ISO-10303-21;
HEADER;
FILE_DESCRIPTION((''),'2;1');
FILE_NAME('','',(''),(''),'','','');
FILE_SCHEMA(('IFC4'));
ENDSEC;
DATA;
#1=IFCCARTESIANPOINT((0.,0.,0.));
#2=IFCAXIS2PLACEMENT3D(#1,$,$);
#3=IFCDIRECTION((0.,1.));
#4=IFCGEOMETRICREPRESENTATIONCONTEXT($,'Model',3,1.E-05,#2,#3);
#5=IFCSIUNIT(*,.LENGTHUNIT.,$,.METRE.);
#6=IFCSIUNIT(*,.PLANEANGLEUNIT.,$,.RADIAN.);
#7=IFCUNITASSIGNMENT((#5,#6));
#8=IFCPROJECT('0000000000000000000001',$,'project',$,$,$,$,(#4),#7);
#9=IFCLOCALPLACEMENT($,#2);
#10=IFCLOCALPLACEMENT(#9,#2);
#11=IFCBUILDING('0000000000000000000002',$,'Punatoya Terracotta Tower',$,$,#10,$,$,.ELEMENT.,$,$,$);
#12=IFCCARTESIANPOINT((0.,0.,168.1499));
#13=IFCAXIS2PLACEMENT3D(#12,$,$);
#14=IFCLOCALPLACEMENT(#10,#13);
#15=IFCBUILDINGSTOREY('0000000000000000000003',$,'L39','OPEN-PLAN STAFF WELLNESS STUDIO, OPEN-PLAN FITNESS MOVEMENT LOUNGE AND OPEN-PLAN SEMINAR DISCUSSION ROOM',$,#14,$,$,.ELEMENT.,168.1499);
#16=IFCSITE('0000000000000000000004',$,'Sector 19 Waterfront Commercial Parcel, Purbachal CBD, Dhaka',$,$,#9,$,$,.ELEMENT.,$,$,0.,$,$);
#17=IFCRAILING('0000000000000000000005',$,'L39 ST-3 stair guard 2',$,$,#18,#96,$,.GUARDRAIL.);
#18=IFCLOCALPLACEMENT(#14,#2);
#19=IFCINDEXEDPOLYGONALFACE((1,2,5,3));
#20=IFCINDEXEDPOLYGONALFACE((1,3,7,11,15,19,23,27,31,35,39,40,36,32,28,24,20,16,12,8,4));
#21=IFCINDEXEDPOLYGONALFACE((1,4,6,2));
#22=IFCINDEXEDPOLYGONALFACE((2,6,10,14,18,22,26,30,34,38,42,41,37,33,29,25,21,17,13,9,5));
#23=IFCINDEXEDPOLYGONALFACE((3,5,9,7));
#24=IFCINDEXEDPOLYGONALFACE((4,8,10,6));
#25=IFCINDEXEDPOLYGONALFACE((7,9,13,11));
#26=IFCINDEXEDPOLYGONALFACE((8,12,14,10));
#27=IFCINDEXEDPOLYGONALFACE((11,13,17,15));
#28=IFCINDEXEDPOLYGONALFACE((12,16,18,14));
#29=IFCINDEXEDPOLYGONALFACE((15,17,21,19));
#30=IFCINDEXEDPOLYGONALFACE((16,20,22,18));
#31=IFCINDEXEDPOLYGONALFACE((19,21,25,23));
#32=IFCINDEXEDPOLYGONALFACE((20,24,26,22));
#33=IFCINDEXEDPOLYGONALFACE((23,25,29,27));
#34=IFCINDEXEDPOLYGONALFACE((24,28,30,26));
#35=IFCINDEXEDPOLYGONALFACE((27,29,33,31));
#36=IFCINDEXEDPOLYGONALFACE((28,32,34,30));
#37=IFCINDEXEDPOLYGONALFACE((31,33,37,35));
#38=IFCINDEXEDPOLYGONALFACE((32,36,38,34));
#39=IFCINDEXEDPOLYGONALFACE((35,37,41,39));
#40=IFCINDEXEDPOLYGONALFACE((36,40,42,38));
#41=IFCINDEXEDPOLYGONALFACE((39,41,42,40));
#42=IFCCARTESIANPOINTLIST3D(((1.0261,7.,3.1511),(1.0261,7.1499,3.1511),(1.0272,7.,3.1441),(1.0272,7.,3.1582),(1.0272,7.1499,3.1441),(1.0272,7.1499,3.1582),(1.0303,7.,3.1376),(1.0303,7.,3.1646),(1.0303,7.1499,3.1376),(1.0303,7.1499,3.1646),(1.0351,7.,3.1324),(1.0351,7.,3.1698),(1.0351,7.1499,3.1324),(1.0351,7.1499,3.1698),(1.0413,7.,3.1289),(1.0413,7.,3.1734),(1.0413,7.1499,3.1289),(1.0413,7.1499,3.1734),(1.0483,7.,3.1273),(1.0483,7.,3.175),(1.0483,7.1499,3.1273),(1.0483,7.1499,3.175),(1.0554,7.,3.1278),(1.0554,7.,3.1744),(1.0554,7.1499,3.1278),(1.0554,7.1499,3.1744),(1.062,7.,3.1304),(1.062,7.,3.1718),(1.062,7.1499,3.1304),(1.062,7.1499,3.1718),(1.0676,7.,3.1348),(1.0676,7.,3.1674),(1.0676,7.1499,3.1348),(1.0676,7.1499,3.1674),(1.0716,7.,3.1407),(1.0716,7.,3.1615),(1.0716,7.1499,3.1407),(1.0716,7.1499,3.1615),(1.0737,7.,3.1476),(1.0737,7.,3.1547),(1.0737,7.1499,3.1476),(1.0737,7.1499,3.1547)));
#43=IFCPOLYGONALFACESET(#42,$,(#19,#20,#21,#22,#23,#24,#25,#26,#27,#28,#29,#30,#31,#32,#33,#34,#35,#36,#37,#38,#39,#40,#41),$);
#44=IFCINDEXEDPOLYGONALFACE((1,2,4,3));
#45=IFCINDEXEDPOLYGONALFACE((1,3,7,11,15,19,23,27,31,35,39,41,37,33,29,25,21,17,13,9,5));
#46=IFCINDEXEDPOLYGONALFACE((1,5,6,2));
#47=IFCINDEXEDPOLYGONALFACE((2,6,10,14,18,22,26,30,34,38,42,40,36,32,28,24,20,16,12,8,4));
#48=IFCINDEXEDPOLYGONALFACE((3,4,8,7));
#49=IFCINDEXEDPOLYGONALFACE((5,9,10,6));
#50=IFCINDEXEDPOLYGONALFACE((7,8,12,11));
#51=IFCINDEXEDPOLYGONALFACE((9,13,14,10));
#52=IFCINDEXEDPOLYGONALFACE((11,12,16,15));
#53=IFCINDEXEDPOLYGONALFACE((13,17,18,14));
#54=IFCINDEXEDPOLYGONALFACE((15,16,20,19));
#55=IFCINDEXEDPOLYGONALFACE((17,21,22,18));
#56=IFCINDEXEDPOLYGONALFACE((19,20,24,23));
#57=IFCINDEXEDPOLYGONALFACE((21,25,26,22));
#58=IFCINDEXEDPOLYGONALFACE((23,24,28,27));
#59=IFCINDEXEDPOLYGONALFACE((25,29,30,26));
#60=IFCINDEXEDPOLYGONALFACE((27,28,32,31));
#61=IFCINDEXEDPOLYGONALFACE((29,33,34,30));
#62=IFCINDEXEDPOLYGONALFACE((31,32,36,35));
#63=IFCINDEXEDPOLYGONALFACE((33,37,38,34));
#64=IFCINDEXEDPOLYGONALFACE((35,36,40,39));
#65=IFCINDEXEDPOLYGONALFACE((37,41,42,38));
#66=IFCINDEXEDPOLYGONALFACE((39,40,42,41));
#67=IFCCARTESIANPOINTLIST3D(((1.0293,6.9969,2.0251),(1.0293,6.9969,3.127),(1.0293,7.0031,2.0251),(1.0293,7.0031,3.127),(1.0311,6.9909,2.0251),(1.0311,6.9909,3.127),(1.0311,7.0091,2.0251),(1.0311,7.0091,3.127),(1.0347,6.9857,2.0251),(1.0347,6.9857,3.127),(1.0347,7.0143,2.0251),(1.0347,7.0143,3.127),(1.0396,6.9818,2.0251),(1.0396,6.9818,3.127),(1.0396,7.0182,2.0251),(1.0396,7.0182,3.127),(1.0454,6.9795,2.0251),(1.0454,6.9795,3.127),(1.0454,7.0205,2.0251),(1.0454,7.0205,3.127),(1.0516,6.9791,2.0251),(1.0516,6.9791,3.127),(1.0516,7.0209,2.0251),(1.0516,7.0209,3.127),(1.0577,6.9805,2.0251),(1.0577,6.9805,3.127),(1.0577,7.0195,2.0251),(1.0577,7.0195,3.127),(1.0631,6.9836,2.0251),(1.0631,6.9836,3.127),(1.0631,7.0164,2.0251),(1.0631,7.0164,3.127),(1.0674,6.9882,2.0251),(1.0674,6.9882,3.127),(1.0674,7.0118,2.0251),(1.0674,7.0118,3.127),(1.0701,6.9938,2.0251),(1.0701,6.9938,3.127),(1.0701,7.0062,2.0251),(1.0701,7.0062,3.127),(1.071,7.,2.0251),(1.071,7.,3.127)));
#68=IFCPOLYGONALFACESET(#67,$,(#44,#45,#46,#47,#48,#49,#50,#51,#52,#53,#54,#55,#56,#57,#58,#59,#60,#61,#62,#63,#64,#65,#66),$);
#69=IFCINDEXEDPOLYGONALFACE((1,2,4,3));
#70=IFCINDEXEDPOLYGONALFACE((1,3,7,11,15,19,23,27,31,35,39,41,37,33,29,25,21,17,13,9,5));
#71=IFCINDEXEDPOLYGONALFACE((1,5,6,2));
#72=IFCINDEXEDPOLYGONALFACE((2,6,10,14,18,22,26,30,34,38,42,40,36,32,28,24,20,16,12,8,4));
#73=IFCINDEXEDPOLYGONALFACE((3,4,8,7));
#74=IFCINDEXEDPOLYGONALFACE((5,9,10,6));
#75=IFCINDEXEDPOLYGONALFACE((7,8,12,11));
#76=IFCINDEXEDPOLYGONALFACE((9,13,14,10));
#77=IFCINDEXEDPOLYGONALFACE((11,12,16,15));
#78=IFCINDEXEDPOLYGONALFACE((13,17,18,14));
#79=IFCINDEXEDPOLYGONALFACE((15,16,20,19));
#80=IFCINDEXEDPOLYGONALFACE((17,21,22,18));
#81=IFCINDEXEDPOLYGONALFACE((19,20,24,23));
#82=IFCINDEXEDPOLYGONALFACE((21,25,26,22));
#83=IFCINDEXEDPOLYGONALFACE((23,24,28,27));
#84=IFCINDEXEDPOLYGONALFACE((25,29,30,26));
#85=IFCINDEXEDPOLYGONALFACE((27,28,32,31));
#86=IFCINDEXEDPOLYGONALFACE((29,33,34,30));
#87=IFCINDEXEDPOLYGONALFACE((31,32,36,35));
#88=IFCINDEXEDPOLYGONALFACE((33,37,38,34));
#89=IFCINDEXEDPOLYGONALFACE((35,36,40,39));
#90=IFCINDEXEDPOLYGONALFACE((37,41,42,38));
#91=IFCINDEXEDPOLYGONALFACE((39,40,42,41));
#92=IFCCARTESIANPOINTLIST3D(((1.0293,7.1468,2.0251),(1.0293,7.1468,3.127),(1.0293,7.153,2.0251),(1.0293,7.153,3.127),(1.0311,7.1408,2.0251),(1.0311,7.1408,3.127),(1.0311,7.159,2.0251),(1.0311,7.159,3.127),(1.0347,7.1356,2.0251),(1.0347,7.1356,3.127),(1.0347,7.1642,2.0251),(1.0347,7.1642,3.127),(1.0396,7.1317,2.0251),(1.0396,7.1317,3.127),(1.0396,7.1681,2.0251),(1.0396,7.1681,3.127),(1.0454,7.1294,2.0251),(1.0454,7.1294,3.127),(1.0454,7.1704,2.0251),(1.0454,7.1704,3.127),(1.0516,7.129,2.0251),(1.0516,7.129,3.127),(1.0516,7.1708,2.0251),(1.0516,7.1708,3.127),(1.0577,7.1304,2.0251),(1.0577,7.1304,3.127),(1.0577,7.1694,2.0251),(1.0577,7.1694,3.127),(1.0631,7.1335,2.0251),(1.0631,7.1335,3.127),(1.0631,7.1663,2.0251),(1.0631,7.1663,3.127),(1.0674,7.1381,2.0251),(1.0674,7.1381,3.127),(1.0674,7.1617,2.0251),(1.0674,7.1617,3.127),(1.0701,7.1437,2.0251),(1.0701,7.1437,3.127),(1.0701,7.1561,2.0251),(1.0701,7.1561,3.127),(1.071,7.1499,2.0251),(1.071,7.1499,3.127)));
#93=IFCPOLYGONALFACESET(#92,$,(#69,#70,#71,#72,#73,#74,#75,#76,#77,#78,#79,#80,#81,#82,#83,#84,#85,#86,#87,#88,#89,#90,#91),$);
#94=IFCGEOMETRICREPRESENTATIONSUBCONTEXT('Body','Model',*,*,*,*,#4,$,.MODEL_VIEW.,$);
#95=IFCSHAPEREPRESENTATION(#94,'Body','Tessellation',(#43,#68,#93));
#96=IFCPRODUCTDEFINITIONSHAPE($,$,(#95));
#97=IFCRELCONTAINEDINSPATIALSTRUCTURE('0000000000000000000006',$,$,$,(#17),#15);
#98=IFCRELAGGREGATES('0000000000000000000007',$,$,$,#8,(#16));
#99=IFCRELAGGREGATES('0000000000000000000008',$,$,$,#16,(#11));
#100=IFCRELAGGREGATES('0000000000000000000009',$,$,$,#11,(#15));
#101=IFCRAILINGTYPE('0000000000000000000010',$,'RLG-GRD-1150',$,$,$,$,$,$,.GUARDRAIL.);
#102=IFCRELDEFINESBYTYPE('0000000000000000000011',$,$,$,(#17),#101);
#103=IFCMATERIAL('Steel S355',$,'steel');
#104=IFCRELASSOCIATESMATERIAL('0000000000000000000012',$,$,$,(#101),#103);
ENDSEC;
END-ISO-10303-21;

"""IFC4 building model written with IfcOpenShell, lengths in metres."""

from ifc_helpers import new_model, si_unit, direction, frame, origin, origin_2d, place, context, subcontext, project, spatial, circle, extrude, material, type_object, element, save


model = new_model("IFC4")

# Units and contexts
model_context = context("Model", 3, precision=1e-05, world=origin(), true_north=direction((0.0, 1.0)))
body_context = subcontext(model_context, "Body", "Model", "MODEL_VIEW")
ifc_project = project(units=[si_unit("LENGTHUNIT", "METRE"), si_unit("PLANEANGLEUNIT", "RADIAN")], contexts=[model_context])

# Site, building, storey
site_placement = place(None, origin())
site = spatial("IfcSite", under=ifc_project, at=site_placement, Name="Sector 19 Waterfront Commercial Parcel, Purbachal CBD, Dhaka", CompositionType="ELEMENT", RefElevation=0.0)
building_placement = place(site_placement, origin())
building = spatial("IfcBuilding", under=site, at=building_placement, Name="Punatoya Terracotta Tower", CompositionType="ELEMENT")
storey_placement = place(building_placement, frame((0.0, 0.0, 168.1499)))
storey = spatial("IfcBuildingStorey", under=building, at=storey_placement, Name="L39", Description="OPEN-PLAN STAFF WELLNESS STUDIO, OPEN-PLAN FITNESS MOVEMENT LOUNGE AND OPEN-PLAN SEMINAR DISCUSSION ROOM", CompositionType="ELEMENT", Elevation=168.1499)

# Shared definitions
ifc_material_1 = material(Name="Steel S355", Category="steel")

# Railing
railing_type_1 = type_object("IfcRailingType", Name="RLG-GRD-1150", PredefinedType="GUARDRAIL", material=ifc_material_1)
railing_1_placement = place(storey_placement, frame((1.05, 7.0, 2.0251)))
element("IfcRailing", 1, at=railing_1_placement, inside=storey, type_object=railing_type_1, Name="L39 ST-3 stair guard 2", PredefinedType="GUARDRAIL", context=body_context, shape_type="SweptSolid", body=[
    extrude(circle(Radius=0.0239, at=origin_2d()), frame((0.0, 0.0, 1.126), z_axis=(0.0, 1.0, 0.0), x_axis=(-1.0, 0.0, 0.0)), (0.0, 0.0, 1.0), 0.1499),
    extrude(circle(Radius=0.021, at=origin_2d()), origin(), (0.0, 0.0, 1.0), 1.1018),
    extrude(circle(Radius=0.021, at=origin_2d()), frame((0.0, 0.1499, 0.0)), (0.0, 0.0, 1.0), 1.1018),
])

save(model, "model.ifc")
